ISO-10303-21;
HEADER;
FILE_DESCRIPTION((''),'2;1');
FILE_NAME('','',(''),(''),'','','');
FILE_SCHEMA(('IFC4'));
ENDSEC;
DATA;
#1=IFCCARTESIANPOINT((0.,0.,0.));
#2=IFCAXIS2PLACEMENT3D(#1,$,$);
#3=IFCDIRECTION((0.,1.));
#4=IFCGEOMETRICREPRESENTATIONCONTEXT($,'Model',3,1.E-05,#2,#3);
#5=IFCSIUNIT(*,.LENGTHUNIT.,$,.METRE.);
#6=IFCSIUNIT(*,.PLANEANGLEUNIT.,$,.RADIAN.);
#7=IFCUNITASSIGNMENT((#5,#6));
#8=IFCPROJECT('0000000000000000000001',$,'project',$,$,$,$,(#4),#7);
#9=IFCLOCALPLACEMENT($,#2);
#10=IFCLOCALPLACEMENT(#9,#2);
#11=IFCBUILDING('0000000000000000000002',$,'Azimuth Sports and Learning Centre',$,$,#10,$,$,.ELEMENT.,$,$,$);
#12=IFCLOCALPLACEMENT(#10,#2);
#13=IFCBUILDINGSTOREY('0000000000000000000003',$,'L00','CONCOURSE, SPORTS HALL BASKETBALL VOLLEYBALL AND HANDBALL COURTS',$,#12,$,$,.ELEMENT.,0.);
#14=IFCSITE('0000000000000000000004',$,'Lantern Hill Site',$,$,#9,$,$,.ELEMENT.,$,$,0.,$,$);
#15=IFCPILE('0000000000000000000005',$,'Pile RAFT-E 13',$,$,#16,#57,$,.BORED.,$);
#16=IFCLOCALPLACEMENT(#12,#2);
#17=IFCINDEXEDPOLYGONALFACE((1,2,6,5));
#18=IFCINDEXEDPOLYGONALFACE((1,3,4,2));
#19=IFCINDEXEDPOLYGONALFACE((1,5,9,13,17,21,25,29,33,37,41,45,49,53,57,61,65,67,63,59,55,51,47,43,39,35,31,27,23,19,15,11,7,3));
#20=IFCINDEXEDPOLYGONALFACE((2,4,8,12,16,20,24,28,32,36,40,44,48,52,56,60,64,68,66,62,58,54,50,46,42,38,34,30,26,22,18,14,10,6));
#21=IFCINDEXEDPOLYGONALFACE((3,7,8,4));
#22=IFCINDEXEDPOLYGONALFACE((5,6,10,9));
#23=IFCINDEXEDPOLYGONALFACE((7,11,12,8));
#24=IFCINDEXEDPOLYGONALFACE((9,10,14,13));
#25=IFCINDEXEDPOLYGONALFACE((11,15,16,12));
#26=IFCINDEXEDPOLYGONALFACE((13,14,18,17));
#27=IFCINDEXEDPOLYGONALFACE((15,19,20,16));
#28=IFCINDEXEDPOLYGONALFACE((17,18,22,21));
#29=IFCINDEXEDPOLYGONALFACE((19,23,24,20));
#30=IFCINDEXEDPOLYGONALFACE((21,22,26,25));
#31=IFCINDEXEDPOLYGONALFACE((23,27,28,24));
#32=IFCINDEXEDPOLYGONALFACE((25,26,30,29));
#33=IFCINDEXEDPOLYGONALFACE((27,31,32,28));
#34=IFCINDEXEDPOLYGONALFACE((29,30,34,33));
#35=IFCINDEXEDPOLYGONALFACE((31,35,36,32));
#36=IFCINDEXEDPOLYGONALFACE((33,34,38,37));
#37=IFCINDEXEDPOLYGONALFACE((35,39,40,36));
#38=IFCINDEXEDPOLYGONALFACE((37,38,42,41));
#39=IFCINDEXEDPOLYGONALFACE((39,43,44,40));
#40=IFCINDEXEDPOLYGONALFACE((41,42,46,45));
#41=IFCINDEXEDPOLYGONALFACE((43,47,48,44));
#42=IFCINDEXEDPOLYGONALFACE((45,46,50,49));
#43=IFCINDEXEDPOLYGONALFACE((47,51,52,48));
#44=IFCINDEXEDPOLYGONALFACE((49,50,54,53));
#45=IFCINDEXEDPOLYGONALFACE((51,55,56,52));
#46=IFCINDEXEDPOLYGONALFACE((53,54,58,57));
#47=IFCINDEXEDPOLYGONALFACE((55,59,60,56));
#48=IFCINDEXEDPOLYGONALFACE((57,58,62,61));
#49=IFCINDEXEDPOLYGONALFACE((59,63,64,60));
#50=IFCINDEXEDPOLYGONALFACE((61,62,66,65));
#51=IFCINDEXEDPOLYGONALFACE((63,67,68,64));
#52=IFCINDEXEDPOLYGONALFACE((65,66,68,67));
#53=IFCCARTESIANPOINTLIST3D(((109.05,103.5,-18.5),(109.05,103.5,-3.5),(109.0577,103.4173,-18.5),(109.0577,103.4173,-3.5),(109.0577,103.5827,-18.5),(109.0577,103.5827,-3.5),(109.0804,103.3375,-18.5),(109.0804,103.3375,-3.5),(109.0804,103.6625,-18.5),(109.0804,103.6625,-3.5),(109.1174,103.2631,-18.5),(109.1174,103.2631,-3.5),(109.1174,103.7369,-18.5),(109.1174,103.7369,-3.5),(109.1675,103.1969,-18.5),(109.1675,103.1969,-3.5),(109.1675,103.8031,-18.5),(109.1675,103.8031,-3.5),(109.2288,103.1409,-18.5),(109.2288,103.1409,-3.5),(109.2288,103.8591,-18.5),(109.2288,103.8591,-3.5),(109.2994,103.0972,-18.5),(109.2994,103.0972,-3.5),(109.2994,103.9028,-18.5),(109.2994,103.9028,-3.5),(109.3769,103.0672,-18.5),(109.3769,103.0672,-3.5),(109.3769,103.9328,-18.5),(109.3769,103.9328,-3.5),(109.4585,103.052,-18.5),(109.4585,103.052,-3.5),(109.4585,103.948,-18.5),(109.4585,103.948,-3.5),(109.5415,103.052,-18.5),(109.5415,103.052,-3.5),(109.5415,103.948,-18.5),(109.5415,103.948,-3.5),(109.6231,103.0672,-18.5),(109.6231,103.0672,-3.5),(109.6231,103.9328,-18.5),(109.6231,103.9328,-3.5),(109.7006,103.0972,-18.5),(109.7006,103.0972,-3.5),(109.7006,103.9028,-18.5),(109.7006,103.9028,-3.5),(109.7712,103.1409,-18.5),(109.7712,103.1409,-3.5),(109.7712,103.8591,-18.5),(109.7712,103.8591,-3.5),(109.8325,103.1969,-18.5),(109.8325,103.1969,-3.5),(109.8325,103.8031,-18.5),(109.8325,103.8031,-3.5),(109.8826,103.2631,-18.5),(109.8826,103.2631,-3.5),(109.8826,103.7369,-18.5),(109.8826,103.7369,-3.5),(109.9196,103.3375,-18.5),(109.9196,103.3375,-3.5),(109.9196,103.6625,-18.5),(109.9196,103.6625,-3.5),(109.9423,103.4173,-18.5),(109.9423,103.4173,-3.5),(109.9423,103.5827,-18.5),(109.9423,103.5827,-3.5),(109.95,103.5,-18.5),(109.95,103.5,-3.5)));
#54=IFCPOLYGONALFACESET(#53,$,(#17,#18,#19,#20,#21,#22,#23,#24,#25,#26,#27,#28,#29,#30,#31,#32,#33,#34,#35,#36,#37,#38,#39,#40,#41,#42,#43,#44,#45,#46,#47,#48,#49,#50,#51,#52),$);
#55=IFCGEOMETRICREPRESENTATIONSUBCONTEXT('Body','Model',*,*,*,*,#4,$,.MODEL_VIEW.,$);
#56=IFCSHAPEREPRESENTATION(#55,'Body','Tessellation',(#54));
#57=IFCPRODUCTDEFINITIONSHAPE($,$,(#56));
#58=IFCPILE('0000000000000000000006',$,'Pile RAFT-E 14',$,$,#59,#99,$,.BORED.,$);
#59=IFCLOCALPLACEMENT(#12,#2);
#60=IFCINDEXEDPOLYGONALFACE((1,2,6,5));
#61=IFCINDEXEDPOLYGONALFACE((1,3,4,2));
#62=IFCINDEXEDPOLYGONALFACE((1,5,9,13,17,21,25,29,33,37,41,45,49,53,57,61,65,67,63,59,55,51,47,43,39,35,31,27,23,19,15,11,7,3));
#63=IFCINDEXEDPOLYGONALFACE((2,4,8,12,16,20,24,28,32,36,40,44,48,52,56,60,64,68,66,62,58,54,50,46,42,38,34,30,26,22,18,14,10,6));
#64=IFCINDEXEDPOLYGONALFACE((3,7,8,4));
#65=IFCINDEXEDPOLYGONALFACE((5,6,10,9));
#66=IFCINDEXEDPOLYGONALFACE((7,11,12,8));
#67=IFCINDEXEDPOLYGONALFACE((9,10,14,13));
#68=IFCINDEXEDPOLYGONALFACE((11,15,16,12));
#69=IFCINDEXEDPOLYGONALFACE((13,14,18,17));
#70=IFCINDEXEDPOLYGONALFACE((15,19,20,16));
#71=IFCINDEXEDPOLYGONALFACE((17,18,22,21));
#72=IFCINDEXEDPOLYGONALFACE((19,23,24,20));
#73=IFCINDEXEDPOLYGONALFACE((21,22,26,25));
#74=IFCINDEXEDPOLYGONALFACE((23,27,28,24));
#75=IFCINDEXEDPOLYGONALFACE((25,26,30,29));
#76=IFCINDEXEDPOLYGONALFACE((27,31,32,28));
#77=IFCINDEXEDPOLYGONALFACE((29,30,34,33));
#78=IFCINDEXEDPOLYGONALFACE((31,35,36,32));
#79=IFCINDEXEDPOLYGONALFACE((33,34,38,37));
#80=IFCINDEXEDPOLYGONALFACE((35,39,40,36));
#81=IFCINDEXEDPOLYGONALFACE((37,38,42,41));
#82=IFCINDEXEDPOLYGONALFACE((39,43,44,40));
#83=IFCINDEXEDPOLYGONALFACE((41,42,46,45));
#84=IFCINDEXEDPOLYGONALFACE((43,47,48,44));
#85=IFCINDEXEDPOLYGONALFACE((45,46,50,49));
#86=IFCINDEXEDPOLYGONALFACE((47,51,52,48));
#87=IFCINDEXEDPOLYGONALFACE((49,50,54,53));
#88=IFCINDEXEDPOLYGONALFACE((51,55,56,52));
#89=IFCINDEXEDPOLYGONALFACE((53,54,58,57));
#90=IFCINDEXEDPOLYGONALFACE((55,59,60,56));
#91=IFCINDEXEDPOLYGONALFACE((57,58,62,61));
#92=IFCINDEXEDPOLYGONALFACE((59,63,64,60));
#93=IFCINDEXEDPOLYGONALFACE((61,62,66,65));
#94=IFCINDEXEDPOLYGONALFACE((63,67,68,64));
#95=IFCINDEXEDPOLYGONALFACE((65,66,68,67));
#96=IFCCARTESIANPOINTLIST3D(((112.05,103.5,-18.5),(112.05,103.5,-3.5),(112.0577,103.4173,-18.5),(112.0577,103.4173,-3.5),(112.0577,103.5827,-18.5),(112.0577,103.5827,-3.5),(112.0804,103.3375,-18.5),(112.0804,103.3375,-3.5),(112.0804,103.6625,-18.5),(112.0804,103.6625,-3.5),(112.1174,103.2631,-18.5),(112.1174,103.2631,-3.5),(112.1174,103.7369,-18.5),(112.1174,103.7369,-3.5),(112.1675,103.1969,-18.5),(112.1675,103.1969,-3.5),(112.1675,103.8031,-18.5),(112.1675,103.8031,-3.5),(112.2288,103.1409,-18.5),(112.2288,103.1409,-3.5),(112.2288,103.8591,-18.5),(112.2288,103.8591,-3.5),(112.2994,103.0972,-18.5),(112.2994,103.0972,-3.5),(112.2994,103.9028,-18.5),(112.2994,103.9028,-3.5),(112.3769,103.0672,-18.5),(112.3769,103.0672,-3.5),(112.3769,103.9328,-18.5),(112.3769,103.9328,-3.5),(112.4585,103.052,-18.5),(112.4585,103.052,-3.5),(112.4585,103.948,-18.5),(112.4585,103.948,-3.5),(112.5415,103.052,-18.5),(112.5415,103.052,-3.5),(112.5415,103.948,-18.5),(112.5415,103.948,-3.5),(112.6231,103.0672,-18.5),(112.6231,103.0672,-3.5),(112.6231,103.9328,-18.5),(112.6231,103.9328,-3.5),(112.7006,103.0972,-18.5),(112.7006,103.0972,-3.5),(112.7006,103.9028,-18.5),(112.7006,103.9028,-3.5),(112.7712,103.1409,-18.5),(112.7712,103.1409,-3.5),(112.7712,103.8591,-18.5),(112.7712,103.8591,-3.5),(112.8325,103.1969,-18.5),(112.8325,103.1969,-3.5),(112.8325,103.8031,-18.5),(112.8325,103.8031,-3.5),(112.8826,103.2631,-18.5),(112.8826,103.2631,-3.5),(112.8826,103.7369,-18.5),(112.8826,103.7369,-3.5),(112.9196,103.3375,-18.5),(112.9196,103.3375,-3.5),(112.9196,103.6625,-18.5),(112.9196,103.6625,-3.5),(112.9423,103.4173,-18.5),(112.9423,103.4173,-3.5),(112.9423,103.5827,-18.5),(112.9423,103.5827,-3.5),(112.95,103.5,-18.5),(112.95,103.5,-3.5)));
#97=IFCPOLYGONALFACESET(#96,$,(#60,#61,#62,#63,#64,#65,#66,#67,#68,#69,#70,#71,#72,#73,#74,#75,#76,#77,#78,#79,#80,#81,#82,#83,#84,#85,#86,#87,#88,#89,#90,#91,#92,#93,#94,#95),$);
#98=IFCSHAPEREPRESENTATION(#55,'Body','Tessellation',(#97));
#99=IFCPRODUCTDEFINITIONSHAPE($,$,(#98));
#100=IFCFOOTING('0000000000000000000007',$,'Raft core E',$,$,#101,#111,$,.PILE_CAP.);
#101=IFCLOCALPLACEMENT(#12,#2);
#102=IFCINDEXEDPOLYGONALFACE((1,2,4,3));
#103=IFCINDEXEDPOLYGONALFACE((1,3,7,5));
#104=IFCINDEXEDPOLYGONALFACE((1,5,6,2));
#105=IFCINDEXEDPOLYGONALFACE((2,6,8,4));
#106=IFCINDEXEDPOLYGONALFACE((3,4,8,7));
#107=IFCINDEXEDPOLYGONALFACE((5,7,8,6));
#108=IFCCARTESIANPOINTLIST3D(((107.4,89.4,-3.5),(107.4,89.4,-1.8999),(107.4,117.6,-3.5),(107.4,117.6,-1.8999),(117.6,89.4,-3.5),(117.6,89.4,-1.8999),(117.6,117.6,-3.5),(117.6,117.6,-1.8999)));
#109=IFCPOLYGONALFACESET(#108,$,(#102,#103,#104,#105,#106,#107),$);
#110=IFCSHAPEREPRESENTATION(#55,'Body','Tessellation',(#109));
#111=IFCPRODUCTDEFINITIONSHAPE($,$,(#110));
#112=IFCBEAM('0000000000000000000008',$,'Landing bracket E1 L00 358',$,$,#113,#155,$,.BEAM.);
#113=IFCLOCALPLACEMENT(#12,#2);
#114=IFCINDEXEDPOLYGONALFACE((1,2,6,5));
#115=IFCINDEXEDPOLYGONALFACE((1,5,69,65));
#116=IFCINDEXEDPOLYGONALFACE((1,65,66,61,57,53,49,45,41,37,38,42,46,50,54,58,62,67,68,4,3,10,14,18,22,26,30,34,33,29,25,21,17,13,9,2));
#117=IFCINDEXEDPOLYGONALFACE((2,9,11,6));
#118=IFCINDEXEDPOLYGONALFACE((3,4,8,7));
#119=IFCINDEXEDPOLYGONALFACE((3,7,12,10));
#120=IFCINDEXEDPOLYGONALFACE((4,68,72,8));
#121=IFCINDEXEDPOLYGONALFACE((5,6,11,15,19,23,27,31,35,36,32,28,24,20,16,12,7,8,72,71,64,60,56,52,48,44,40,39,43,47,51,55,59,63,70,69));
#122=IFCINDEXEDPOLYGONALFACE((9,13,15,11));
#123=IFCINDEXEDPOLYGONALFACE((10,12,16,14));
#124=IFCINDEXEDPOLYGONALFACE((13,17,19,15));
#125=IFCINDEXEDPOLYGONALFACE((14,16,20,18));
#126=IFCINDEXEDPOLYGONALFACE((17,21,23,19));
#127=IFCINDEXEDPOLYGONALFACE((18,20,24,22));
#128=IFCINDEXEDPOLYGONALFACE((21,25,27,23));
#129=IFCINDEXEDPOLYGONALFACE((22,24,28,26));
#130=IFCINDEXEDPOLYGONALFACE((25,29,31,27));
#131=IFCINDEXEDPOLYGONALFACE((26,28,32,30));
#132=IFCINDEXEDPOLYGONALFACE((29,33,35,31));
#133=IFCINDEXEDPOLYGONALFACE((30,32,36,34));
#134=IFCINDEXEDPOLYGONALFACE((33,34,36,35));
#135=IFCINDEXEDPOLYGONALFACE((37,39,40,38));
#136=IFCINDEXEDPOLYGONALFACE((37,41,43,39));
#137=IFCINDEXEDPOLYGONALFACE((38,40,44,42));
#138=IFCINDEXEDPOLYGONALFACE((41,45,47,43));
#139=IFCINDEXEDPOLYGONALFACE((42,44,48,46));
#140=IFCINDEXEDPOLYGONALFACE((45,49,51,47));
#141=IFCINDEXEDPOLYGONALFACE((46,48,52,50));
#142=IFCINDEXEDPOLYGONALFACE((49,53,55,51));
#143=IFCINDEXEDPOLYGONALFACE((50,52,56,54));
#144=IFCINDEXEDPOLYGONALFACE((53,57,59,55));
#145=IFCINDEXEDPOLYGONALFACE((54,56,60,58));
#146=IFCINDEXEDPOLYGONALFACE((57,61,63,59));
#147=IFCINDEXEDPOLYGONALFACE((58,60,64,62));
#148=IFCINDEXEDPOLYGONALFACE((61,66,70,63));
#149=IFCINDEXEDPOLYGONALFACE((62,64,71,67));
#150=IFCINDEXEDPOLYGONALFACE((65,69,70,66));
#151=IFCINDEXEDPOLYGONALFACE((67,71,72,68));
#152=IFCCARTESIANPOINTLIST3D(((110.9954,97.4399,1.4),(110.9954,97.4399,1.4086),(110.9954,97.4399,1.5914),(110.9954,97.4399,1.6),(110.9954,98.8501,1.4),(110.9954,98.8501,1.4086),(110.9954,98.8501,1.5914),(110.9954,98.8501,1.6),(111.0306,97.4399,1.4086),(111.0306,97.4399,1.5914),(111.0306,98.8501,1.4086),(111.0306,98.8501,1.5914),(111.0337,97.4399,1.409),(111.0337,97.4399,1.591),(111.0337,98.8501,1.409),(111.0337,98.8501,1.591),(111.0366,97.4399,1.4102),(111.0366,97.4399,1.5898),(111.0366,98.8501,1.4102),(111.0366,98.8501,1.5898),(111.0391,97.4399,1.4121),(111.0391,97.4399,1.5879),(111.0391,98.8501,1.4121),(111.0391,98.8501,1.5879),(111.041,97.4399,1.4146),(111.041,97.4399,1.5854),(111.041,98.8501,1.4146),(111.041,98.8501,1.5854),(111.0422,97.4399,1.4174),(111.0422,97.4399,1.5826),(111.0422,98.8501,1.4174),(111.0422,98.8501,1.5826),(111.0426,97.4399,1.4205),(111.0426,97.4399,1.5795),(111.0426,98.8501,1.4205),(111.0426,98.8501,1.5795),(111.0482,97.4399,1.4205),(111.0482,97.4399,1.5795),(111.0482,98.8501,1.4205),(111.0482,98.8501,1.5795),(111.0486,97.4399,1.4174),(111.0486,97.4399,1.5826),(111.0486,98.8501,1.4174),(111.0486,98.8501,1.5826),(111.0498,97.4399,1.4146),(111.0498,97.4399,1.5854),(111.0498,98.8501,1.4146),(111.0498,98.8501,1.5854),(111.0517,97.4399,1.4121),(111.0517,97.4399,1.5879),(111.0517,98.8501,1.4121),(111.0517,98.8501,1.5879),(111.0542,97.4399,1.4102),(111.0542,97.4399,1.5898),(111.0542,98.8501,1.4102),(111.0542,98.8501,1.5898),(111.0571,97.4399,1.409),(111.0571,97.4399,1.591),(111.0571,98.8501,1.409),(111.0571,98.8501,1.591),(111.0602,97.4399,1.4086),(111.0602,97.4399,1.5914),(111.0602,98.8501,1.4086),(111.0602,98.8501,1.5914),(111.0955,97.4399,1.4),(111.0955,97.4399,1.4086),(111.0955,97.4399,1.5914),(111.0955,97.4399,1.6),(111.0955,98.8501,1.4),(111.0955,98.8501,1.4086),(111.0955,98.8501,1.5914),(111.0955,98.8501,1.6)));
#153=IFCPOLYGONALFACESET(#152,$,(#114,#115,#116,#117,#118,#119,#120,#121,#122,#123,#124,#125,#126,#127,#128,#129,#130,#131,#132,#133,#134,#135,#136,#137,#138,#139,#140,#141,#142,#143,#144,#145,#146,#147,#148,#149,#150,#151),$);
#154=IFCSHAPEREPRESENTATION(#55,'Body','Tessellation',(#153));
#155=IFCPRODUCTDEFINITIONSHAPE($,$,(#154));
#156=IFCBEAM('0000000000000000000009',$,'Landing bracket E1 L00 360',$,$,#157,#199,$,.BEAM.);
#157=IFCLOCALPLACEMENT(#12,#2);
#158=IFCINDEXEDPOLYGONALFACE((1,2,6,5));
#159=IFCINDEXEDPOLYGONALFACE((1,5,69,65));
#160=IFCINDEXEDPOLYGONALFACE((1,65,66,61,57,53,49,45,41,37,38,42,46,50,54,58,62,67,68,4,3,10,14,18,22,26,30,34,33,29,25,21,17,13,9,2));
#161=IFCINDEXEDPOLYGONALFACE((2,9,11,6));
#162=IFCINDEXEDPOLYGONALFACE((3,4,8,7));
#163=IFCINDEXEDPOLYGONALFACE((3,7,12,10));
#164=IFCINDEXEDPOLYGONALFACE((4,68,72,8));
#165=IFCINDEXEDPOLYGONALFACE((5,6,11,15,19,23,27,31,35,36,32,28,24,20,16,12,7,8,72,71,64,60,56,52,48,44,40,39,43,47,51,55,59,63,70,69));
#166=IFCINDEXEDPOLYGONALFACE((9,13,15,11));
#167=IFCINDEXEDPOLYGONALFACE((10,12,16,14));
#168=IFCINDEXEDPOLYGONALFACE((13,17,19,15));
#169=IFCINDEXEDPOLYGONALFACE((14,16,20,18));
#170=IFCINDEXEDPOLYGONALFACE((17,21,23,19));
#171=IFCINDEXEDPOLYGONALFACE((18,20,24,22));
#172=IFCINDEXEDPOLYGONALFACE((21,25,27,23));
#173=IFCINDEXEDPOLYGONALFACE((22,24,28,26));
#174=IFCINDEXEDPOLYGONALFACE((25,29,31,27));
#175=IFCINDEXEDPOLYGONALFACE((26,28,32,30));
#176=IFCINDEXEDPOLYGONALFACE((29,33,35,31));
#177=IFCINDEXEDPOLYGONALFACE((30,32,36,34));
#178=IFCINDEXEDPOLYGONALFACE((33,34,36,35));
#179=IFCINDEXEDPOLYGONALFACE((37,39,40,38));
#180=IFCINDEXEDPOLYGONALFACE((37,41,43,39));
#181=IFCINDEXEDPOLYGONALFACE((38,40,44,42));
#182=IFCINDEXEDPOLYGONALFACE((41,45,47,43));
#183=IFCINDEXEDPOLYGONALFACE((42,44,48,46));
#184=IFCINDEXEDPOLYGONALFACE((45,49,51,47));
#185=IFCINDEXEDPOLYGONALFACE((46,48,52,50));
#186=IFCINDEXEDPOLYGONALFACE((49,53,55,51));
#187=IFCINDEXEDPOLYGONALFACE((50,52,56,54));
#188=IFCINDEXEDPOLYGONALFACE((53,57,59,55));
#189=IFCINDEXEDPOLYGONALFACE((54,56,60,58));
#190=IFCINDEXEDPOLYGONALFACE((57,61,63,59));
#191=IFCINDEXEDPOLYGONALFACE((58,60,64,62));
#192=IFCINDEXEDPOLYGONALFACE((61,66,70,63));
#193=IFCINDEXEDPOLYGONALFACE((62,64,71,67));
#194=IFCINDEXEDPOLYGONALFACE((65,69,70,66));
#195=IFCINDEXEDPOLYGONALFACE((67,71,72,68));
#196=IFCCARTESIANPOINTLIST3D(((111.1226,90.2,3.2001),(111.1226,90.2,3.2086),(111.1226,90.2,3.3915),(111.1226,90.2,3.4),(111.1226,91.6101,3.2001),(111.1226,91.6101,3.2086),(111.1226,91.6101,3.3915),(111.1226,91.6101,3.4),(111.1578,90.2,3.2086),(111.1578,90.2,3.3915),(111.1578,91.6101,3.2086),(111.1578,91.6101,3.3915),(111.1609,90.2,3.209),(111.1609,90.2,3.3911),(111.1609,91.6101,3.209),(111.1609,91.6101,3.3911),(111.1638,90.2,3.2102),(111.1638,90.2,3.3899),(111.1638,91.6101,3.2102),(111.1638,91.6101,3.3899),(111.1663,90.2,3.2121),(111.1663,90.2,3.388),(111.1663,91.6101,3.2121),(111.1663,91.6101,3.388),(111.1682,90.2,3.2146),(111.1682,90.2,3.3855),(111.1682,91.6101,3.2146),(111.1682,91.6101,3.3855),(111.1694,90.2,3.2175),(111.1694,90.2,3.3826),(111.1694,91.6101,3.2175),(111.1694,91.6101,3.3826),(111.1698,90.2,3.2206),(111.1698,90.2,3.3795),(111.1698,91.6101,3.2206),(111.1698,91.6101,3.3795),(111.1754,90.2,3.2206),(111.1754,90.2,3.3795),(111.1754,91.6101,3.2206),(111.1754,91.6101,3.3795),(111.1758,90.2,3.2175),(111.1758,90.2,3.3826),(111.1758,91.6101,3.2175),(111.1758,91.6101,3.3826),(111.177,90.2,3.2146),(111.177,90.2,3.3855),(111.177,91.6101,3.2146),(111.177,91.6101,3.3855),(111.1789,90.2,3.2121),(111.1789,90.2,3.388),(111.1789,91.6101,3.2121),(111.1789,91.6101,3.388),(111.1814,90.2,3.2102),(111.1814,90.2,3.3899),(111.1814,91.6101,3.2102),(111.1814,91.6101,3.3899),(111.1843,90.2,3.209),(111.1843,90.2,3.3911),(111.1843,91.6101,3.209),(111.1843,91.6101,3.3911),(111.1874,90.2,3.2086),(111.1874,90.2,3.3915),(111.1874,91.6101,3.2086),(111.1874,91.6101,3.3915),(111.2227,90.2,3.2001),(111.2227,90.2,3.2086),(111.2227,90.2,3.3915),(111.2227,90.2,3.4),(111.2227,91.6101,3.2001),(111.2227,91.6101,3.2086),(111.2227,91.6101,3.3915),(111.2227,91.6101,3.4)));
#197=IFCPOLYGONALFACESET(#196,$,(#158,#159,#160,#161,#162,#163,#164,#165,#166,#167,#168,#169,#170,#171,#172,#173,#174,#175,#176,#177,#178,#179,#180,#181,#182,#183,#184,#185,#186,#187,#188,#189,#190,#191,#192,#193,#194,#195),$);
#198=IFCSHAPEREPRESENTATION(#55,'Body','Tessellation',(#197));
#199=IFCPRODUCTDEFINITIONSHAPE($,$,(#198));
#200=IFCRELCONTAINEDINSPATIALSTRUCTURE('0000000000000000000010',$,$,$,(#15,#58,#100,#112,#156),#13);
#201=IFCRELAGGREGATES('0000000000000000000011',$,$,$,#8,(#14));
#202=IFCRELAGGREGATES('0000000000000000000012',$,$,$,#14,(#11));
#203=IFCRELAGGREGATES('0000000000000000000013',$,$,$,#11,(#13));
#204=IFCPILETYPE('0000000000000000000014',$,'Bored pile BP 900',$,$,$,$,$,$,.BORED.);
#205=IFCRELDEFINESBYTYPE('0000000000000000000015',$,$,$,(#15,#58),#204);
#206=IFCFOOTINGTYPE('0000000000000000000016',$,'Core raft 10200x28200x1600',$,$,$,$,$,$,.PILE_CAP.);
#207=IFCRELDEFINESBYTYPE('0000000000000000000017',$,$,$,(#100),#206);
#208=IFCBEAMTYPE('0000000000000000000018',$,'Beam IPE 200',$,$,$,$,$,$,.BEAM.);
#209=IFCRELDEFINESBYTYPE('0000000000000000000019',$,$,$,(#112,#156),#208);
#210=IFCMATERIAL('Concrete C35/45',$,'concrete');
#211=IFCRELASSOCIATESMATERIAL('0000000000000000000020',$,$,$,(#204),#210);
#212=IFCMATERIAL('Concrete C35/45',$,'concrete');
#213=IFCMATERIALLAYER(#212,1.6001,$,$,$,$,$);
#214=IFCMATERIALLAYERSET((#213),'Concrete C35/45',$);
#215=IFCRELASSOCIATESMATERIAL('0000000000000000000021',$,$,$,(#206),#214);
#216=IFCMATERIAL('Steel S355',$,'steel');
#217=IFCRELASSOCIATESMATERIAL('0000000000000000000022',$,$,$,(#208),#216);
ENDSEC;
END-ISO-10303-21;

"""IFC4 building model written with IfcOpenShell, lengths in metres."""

from ifc_helpers import new_model, si_unit, direction, frame, origin, origin_2d, place, context, subcontext, project, spatial, rectangle, circle, i_section, extrude, material, layer, layer_set, material_profile, profile_set, type_object, element, save


model = new_model("IFC4")

# Units and contexts
model_context = context("Model", 3, precision=1e-05, world=origin(), true_north=direction((0.0, 1.0)))
body_context = subcontext(model_context, "Body", "Model", "MODEL_VIEW")
ifc_project = project(units=[si_unit("LENGTHUNIT", "METRE"), si_unit("PLANEANGLEUNIT", "RADIAN")], contexts=[model_context])

# Site, building, storey
site_placement = place(None, origin())
site = spatial("IfcSite", under=ifc_project, at=site_placement, Name="Lantern Hill Site", CompositionType="ELEMENT", RefElevation=0.0)
building_placement = place(site_placement, origin())
building = spatial("IfcBuilding", under=site, at=building_placement, Name="Azimuth Sports and Learning Centre", CompositionType="ELEMENT")
storey_placement = place(building_placement, origin())
storey = spatial("IfcBuildingStorey", under=building, at=storey_placement, Name="L00", Description="CONCOURSE, SPORTS HALL BASKETBALL VOLLEYBALL AND HANDBALL COURTS", CompositionType="ELEMENT", Elevation=0.0)

# Piles
ifc_material_1 = material(Name="Concrete C35/45", Category="concrete")
ifc_material_profile_1 = material_profile(ifc_material_1, circle(Radius=0.45, at=origin_2d()), Name="BP 900")
ifc_profile_set_1 = profile_set([ifc_material_profile_1], Name="Concrete C35/45")
pile_type = type_object("IfcPileType", Name="Bored pile BP 900", PredefinedType="BORED", material=ifc_profile_set_1)
for number, where, z_axis, x_axis, name in (
    (1, (109.5, 103.5, -3.5), (0.0, 0.0, -1.0), (1.0, 0.0, 0.0), "Pile RAFT-E 13"),
    (2, (112.5, 103.5, -3.5), (0.0, 0.0, -1.0), (1.0, 0.0, 0.0), "Pile RAFT-E 14"),
):
    element("IfcPile", number, at=place(storey_placement, frame(where, z_axis=z_axis, x_axis=x_axis)), inside=storey, type_object=pile_type, Name=name, PredefinedType="BORED", context=body_context, shape_type="SweptSolid", body=[
        extrude(circle(Radius=0.45, at=origin_2d()), origin(), (0.0, 0.0, 1.0), 15.0),
    ])

# Footing
ifc_material_2 = material(Name="Concrete C35/45", Category="concrete")
ifc_layer_1 = layer(ifc_material_2, 1.6001)
ifc_layer_set_1 = layer_set([ifc_layer_1], Name="Concrete C35/45")
footing_type = type_object("IfcFootingType", Name="Core raft 10200x28200x1600", PredefinedType="PILE_CAP", material=ifc_layer_set_1)
footing_placement = place(storey_placement, frame((112.5, 103.5, -3.5), z_axis=(0.0, 0.0, 1.0), x_axis=(1.0, 0.0, 0.0)))
element("IfcFooting", 3, at=footing_placement, inside=storey, type_object=footing_type, Name="Raft core E", PredefinedType="PILE_CAP", context=body_context, shape_type="SweptSolid", body=[
    extrude(rectangle(XDim=10.2, YDim=28.2, at=origin_2d()), origin(), (0.0, 0.0, 1.0), 1.6001),
])

# Beams
ifc_material_3 = material(Name="Steel S355", Category="steel")
ifc_material_profile_2 = material_profile(ifc_material_3, i_section(OverallWidth=0.1001, OverallDepth=0.2, WebThickness=0.0056, FlangeThickness=0.0085, FilletRadius=0.012, at=origin_2d()), Name="IPE 200")
ifc_profile_set_2 = profile_set([ifc_material_profile_2], Name="Steel S355")
beam_type = type_object("IfcBeamType", Name="Beam IPE 200", PredefinedType="BEAM", material=ifc_profile_set_2)
for number, where, z_axis, x_axis, name in (
    (4, (111.0454, 98.8501, 1.5), (0.0, -1.0, 0.0), (1.0, 0.0, 0.0), "Landing bracket E1 L00 358"),
    (5, (111.1726, 90.2, 3.3), (0.0, 1.0, 0.0), (-1.0, 0.0, 0.0), "Landing bracket E1 L00 360"),
):
    element("IfcBeam", number, at=place(storey_placement, frame(where, z_axis=z_axis, x_axis=x_axis)), inside=storey, type_object=beam_type, Name=name, PredefinedType="BEAM", context=body_context, shape_type="SweptSolid", body=[
        extrude(i_section(OverallWidth=0.1001, OverallDepth=0.2, WebThickness=0.0056, FlangeThickness=0.0085, FilletRadius=0.012, at=origin_2d()), origin(), (0.0, 0.0, 1.0), 1.4102),
    ])

save(model, "model.ifc")
